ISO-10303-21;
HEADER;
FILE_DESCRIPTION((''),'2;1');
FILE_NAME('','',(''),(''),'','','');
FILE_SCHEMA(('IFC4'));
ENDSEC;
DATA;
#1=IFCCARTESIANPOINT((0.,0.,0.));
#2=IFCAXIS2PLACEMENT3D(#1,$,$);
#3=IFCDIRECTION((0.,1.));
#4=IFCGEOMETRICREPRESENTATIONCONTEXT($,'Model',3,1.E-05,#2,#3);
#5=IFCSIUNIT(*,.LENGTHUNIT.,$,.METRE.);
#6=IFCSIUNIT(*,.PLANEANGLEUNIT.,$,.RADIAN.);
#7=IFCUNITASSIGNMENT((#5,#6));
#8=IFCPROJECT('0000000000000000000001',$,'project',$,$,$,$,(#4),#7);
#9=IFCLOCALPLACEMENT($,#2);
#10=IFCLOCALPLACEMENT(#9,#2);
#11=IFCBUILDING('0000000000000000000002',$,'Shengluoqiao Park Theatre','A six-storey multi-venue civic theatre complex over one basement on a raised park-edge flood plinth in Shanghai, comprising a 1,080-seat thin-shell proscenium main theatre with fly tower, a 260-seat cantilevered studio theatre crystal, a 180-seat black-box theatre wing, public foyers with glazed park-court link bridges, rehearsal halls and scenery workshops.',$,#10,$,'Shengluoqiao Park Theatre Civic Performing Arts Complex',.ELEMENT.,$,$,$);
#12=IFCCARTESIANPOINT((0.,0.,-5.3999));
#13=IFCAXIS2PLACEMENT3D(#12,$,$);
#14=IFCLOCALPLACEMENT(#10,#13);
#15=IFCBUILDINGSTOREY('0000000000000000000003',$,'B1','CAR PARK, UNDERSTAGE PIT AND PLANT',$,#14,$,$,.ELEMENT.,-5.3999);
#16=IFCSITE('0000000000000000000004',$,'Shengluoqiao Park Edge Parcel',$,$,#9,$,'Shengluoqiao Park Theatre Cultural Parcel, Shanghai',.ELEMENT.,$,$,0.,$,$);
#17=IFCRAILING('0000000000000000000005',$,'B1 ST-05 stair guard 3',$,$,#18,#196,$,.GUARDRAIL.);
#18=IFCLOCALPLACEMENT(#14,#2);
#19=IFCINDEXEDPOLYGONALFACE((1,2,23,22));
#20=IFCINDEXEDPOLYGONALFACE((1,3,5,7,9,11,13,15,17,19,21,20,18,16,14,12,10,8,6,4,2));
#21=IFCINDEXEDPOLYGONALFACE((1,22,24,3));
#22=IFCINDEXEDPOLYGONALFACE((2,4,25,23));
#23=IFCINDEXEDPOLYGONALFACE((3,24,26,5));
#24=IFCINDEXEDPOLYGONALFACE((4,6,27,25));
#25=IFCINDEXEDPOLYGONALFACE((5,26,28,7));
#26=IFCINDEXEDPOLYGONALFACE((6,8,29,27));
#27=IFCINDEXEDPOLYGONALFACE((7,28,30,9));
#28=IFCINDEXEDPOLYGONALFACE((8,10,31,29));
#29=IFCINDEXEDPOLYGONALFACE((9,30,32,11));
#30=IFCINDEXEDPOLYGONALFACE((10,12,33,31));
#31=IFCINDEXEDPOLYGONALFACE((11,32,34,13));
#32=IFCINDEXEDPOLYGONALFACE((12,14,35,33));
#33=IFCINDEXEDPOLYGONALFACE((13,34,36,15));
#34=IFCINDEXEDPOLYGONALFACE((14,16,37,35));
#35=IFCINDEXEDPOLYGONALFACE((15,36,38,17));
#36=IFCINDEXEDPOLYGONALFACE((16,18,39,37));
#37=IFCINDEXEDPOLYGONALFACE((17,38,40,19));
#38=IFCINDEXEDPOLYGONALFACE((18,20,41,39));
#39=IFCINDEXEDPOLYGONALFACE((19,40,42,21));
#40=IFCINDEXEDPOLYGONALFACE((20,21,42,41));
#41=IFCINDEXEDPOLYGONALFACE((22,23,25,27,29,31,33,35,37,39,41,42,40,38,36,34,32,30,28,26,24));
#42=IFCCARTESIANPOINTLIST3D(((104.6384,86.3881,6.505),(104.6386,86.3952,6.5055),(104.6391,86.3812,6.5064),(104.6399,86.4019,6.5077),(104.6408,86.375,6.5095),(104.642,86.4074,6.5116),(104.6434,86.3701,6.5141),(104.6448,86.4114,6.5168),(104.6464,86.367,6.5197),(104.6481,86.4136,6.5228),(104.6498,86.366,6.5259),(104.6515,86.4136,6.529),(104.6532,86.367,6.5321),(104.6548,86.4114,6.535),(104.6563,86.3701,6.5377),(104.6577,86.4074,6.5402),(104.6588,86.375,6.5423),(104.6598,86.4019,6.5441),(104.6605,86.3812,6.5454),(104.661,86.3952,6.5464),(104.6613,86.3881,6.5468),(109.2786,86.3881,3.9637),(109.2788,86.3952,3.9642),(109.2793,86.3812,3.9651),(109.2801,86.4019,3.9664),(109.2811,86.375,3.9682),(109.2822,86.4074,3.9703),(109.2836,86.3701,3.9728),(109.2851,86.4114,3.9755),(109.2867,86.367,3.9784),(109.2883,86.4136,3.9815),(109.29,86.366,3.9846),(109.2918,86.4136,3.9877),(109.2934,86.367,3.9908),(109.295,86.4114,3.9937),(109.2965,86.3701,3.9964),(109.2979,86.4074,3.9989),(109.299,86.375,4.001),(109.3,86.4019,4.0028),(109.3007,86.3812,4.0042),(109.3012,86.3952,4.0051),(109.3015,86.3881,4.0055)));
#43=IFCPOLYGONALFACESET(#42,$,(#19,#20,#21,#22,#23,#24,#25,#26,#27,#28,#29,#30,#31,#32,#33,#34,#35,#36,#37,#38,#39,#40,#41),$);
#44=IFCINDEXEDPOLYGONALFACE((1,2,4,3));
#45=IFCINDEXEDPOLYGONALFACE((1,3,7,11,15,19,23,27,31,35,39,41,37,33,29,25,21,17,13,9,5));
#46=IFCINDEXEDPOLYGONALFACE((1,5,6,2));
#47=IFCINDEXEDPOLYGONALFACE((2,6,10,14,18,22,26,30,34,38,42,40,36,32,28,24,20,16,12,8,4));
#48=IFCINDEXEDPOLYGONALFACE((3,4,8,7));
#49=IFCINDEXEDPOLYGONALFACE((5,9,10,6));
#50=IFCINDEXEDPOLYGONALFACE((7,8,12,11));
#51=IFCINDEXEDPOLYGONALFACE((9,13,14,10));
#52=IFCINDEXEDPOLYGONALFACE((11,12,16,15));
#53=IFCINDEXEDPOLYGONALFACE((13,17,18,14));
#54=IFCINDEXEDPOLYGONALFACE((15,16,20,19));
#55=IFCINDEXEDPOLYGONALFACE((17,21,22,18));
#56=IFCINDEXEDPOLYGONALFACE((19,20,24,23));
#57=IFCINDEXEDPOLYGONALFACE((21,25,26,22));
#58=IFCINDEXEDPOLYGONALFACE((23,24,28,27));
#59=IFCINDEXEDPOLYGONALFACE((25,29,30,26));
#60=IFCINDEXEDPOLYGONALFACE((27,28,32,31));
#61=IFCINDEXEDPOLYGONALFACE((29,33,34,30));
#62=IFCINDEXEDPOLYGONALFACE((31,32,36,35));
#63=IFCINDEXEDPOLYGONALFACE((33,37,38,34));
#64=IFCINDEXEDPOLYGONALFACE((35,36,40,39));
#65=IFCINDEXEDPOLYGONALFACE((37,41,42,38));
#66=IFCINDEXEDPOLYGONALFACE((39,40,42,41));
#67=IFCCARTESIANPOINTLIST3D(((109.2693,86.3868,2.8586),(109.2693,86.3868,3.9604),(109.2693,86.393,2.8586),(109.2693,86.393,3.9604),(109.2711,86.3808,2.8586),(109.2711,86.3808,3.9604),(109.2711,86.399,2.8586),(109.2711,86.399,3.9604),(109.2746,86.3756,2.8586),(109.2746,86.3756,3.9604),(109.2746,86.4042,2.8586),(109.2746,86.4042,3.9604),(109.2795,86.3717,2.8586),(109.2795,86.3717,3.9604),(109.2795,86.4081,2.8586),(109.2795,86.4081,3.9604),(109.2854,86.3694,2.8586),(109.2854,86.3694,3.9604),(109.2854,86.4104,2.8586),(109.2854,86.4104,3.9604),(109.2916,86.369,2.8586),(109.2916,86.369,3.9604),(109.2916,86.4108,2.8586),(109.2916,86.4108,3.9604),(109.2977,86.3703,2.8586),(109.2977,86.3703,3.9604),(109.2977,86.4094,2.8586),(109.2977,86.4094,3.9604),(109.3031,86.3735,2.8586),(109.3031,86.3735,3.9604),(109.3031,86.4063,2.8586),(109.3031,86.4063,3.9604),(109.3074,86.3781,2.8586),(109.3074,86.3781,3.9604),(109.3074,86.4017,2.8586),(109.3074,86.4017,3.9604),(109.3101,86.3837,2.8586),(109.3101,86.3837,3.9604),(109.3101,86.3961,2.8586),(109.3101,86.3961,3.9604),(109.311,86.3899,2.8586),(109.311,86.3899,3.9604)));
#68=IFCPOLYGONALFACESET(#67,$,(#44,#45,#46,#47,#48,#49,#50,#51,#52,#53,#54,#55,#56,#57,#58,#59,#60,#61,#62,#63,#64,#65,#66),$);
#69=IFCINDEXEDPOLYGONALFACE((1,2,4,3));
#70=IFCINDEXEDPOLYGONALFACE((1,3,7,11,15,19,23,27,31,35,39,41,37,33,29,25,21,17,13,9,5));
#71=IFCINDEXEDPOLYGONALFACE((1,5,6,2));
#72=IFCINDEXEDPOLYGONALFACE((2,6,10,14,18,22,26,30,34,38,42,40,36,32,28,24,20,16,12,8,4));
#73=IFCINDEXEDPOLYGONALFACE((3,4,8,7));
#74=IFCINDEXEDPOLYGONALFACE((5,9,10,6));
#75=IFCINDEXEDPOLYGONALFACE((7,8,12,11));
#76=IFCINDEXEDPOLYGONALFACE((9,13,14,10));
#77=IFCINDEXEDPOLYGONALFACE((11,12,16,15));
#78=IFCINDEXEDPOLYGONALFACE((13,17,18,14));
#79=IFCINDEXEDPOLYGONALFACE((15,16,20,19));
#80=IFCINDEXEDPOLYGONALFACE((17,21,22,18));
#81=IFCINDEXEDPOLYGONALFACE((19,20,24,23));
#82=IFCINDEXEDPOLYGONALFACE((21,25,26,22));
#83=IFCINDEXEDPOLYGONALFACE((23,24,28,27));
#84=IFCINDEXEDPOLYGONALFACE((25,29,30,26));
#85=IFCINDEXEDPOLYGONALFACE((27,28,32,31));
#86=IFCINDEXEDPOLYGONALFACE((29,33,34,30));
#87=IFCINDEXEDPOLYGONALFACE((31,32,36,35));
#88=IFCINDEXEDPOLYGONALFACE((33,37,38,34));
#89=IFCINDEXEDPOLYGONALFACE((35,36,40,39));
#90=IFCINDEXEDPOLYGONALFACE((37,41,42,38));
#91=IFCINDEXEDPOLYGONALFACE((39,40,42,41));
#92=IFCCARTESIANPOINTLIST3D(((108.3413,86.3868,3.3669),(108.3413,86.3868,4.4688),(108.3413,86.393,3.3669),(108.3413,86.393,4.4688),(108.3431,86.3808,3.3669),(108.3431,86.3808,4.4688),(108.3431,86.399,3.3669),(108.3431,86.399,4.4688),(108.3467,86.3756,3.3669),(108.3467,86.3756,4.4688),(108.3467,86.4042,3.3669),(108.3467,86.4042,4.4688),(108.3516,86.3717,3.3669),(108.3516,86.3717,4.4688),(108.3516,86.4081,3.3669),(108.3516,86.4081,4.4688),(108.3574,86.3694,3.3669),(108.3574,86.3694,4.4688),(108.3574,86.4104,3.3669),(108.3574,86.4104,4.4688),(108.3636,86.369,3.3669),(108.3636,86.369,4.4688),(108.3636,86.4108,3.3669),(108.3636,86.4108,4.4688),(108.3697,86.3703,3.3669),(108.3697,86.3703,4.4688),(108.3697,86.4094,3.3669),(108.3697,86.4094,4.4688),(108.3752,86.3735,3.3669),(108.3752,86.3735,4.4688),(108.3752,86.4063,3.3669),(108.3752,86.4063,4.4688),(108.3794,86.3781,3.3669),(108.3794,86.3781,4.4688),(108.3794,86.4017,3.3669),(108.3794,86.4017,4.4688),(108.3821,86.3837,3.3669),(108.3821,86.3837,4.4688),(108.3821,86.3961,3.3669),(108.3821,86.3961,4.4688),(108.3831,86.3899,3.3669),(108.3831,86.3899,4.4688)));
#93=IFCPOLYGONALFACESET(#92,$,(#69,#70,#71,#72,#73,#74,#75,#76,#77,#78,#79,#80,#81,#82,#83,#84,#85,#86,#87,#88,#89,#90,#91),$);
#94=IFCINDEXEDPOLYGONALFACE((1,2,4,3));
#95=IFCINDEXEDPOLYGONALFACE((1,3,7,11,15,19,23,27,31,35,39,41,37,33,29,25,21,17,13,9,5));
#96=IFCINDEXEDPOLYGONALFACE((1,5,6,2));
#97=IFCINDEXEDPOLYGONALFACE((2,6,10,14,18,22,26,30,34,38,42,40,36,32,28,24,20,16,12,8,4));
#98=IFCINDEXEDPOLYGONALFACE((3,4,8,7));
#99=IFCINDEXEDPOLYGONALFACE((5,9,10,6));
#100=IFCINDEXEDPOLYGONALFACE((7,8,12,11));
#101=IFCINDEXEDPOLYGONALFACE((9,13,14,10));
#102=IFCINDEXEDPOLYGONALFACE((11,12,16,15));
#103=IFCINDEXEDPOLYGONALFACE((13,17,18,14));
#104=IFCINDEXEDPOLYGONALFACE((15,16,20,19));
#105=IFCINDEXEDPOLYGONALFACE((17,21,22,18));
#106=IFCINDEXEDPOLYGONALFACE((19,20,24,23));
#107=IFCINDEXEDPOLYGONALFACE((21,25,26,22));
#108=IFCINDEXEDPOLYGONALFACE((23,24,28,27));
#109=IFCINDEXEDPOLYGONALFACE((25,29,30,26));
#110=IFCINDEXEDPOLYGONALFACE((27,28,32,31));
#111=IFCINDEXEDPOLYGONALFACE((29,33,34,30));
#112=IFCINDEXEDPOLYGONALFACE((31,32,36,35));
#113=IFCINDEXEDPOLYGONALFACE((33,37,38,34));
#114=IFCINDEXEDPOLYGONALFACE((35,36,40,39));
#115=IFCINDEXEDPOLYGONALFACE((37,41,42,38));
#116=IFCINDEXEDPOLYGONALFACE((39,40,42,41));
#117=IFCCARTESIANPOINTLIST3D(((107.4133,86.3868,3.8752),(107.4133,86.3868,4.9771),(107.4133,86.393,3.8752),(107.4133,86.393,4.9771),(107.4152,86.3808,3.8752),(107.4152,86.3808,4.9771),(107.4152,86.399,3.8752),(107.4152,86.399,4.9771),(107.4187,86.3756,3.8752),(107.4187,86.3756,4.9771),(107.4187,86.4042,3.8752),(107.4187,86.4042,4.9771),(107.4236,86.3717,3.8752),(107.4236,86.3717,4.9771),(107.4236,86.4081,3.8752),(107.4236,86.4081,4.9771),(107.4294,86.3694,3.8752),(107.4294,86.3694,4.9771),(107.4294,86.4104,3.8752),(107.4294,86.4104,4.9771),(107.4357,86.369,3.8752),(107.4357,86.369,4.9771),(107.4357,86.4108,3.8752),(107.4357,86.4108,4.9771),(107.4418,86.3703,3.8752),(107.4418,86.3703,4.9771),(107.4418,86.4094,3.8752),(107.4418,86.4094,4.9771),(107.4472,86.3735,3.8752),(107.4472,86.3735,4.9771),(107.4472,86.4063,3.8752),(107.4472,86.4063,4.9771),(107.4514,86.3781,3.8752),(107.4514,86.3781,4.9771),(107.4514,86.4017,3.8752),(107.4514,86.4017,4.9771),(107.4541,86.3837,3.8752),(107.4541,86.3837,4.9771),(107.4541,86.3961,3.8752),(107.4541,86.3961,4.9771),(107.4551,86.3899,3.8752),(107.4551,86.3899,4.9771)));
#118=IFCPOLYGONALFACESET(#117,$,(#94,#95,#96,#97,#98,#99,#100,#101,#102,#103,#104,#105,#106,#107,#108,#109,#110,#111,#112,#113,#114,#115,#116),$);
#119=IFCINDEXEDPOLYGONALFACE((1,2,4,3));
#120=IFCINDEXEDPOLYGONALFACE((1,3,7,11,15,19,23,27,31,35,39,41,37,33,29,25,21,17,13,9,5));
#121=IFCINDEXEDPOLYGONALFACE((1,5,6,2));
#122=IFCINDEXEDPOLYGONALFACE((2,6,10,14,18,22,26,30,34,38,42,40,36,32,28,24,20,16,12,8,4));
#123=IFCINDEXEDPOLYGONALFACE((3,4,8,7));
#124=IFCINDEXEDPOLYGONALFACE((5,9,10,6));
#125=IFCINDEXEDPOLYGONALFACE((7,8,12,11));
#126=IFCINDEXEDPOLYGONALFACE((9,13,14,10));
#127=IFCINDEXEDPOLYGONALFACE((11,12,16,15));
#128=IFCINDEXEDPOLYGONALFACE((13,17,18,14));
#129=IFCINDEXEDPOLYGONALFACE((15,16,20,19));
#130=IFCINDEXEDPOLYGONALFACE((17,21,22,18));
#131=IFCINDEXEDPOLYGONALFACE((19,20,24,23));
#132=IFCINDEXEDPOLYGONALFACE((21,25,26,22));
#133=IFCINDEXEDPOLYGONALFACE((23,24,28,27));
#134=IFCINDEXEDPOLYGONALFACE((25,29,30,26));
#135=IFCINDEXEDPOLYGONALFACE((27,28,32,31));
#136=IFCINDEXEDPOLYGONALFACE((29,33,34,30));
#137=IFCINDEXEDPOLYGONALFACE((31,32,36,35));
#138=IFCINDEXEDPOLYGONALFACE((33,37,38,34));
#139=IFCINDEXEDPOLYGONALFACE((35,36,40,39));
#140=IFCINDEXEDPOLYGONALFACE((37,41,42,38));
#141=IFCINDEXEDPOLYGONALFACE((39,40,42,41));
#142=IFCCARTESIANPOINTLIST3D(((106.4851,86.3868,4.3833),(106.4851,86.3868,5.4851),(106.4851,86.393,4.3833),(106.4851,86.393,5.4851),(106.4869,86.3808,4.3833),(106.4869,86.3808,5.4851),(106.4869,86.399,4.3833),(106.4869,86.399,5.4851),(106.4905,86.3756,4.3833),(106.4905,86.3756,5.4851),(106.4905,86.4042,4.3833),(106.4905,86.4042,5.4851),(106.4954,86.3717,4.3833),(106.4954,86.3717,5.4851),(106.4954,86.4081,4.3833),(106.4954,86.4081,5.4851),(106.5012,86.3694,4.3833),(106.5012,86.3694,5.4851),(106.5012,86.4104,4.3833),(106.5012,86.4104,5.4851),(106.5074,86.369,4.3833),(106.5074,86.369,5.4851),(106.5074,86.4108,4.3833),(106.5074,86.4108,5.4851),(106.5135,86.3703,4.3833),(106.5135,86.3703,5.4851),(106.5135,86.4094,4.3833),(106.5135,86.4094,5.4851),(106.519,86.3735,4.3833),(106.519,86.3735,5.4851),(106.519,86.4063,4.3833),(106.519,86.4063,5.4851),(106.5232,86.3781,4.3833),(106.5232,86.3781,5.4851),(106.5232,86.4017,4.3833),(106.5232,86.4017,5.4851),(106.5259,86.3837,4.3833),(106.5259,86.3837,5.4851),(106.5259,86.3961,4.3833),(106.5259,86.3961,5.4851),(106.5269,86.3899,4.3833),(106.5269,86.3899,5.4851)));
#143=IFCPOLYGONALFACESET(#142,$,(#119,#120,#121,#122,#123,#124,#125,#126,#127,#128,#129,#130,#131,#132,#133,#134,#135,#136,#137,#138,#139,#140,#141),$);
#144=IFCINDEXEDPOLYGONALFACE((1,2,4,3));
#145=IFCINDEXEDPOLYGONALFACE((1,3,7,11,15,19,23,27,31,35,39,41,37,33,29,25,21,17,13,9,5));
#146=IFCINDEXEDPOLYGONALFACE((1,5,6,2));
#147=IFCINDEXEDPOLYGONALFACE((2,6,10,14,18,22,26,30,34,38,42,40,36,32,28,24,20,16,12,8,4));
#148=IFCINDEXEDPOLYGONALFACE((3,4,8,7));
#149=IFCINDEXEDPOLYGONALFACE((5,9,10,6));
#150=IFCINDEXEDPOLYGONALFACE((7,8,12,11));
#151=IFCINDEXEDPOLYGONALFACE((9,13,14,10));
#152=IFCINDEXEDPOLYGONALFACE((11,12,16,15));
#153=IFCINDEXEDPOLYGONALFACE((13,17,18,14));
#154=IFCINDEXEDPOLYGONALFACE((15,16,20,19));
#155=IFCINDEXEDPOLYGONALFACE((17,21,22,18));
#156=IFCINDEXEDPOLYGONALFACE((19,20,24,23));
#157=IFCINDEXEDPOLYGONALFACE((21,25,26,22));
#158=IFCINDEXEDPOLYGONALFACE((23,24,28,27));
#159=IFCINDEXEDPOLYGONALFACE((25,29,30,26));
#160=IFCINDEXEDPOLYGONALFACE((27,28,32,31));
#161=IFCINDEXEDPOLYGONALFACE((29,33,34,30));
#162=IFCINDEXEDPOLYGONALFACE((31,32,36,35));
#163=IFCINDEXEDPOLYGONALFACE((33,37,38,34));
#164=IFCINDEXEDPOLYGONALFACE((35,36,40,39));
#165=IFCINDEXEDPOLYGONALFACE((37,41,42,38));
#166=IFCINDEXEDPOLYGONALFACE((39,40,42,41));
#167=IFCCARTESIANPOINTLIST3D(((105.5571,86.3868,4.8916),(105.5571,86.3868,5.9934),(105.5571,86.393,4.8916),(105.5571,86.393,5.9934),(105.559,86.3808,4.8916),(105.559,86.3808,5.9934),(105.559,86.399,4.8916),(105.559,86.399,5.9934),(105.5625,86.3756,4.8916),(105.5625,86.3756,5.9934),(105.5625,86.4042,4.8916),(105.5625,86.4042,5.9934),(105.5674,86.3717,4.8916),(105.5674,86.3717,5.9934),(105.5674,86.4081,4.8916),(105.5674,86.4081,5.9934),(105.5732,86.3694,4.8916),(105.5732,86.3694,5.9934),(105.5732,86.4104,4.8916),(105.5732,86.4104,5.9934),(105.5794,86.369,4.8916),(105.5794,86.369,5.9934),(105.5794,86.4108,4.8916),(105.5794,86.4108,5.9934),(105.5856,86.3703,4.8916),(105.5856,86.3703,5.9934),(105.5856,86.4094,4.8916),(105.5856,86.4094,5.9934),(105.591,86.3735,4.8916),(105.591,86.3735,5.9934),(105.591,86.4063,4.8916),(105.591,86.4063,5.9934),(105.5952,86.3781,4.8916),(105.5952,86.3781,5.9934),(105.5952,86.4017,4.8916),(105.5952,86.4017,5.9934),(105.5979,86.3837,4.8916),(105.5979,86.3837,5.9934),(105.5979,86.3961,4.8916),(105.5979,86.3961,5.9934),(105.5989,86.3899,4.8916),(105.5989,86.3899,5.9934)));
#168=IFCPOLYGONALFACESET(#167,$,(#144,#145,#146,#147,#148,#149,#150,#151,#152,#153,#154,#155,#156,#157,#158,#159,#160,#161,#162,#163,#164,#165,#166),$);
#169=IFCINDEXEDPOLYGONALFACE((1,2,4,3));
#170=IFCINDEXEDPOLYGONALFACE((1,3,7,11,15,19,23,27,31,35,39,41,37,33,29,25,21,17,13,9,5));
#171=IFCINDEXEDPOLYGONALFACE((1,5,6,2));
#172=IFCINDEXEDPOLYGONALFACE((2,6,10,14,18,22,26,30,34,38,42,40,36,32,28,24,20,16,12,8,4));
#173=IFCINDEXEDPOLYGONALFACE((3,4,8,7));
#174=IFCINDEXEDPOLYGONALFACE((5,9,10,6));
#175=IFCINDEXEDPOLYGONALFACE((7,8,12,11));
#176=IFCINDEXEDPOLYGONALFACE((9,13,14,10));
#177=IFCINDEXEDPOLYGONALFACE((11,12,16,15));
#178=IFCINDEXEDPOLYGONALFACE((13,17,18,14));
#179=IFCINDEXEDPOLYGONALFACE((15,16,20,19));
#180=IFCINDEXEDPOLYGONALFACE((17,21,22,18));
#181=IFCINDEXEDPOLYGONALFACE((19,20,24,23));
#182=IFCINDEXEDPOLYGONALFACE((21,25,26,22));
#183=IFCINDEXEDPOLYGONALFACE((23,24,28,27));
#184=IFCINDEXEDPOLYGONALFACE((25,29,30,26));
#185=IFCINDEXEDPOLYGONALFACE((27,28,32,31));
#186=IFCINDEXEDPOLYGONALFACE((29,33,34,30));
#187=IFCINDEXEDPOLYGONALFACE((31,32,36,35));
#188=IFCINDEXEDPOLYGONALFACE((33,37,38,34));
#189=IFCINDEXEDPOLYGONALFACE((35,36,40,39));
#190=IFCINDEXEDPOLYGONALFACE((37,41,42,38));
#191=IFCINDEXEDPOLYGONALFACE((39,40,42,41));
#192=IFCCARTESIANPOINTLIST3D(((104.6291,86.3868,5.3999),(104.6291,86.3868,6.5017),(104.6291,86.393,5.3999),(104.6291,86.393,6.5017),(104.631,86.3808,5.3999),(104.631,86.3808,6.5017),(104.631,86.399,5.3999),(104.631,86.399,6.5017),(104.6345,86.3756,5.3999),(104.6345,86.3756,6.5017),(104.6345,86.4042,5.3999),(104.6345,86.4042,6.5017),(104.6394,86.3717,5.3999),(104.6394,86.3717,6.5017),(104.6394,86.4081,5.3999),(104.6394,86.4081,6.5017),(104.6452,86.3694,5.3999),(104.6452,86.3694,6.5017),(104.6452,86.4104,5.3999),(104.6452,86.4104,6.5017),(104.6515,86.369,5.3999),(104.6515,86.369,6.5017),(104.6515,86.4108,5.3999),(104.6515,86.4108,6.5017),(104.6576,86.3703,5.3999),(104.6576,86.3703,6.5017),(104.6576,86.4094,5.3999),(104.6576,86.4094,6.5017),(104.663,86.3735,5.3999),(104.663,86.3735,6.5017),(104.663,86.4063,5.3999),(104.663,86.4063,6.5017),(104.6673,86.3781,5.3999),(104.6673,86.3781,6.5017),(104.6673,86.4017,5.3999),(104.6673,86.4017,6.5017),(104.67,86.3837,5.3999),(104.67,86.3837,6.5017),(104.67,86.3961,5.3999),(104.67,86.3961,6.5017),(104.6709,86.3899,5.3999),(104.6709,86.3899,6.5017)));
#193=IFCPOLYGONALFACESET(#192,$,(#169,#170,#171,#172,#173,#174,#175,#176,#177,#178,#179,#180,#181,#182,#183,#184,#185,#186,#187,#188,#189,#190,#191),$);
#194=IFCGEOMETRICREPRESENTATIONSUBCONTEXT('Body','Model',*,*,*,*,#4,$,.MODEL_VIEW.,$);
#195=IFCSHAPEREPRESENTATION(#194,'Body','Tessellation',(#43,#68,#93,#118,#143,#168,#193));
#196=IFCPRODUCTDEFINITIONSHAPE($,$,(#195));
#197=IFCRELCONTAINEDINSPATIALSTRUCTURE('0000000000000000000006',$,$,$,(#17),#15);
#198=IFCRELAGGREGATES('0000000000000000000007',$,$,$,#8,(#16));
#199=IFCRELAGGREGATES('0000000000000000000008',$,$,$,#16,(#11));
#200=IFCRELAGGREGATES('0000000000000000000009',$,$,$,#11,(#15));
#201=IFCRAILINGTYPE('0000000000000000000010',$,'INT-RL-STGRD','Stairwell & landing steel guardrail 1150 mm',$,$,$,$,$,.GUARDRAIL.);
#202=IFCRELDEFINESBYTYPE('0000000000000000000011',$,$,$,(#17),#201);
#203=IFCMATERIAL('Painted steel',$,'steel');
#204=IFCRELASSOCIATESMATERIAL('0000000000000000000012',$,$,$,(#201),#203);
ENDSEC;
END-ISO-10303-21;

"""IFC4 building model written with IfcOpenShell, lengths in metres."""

from ifc_helpers import new_model, si_unit, direction, frame, origin, origin_2d, place, context, subcontext, project, spatial, circle, extrude, material, type_object, element, save


model = new_model("IFC4")

# Units and contexts
model_context = context("Model", 3, precision=1e-05, world=origin(), true_north=direction((0.0, 1.0)))
body_context = subcontext(model_context, "Body", "Model", "MODEL_VIEW")
ifc_project = project(units=[si_unit("LENGTHUNIT", "METRE"), si_unit("PLANEANGLEUNIT", "RADIAN")], contexts=[model_context])

# Site, building, storey
site_placement = place(None, origin())
site = spatial("IfcSite", under=ifc_project, at=site_placement, Name="Shengluoqiao Park Edge Parcel", LongName="Shengluoqiao Park Theatre Cultural Parcel, Shanghai", CompositionType="ELEMENT", RefElevation=0.0)
building_placement = place(site_placement, origin())
building = spatial("IfcBuilding", under=site, at=building_placement, Name="Shengluoqiao Park Theatre", Description="A six-storey multi-venue civic theatre complex over one basement on a raised park-edge flood plinth in Shanghai, comprising a 1,080-seat thin-shell proscenium main theatre with fly tower, a 260-seat cantilevered studio theatre crystal, a 180-seat black-box theatre wing, public foyers with glazed park-court link bridges, rehearsal halls and scenery workshops.", LongName="Shengluoqiao Park Theatre Civic Performing Arts Complex", CompositionType="ELEMENT")
storey_placement = place(building_placement, frame((0.0, 0.0, -5.3999)))
storey = spatial("IfcBuildingStorey", under=building, at=storey_placement, Name="B1", Description="CAR PARK, UNDERSTAGE PIT AND PLANT", CompositionType="ELEMENT", Elevation=-5.3999)

# Railing
ifc_material_1 = material(Name="Painted steel", Category="steel")
railing_type_1 = type_object("IfcRailingType", Name="INT-RL-STGRD", Description="Stairwell & landing steel guardrail 1150 mm", PredefinedType="GUARDRAIL", material=ifc_material_1)
railing_1_placement = place(storey_placement, frame((109.29, 86.3899, 2.8586)))
element("IfcRailing", 1, at=railing_1_placement, inside=storey, type_object=railing_type_1, Name="B1 ST-05 stair guard 3", PredefinedType="GUARDRAIL", context=body_context, shape_type="SweptSolid", body=[
    extrude(circle(Radius=0.0239, at=origin_2d()), frame((0.0, 0.0, 1.126), z_axis=(-0.877078, 0.0, 0.480348), x_axis=(0.0, -1.0, 0.0)), (0.0, 0.0, 1.0), 5.2905),
    extrude(circle(Radius=0.021, at=origin_2d()), origin(), (0.0, 0.0, 1.0), 1.1018),
    extrude(circle(Radius=0.021, at=origin_2d()), frame((-0.928, 0.0, 0.5083)), (0.0, 0.0, 1.0), 1.1018),
    extrude(circle(Radius=0.021, at=origin_2d()), frame((-1.856, 0.0, 1.0166)), (0.0, 0.0, 1.0), 1.1018),
    extrude(circle(Radius=0.021, at=origin_2d()), frame((-2.7842, 0.0, 1.5247)), (0.0, 0.0, 1.0), 1.1018),
    extrude(circle(Radius=0.021, at=origin_2d()), frame((-3.7122, 0.0, 2.033)), (0.0, 0.0, 1.0), 1.1018),
    extrude(circle(Radius=0.021, at=origin_2d()), frame((-4.6401, 0.0, 2.5413)), (0.0, 0.0, 1.0), 1.1018),
])

save(model, "model.ifc")
